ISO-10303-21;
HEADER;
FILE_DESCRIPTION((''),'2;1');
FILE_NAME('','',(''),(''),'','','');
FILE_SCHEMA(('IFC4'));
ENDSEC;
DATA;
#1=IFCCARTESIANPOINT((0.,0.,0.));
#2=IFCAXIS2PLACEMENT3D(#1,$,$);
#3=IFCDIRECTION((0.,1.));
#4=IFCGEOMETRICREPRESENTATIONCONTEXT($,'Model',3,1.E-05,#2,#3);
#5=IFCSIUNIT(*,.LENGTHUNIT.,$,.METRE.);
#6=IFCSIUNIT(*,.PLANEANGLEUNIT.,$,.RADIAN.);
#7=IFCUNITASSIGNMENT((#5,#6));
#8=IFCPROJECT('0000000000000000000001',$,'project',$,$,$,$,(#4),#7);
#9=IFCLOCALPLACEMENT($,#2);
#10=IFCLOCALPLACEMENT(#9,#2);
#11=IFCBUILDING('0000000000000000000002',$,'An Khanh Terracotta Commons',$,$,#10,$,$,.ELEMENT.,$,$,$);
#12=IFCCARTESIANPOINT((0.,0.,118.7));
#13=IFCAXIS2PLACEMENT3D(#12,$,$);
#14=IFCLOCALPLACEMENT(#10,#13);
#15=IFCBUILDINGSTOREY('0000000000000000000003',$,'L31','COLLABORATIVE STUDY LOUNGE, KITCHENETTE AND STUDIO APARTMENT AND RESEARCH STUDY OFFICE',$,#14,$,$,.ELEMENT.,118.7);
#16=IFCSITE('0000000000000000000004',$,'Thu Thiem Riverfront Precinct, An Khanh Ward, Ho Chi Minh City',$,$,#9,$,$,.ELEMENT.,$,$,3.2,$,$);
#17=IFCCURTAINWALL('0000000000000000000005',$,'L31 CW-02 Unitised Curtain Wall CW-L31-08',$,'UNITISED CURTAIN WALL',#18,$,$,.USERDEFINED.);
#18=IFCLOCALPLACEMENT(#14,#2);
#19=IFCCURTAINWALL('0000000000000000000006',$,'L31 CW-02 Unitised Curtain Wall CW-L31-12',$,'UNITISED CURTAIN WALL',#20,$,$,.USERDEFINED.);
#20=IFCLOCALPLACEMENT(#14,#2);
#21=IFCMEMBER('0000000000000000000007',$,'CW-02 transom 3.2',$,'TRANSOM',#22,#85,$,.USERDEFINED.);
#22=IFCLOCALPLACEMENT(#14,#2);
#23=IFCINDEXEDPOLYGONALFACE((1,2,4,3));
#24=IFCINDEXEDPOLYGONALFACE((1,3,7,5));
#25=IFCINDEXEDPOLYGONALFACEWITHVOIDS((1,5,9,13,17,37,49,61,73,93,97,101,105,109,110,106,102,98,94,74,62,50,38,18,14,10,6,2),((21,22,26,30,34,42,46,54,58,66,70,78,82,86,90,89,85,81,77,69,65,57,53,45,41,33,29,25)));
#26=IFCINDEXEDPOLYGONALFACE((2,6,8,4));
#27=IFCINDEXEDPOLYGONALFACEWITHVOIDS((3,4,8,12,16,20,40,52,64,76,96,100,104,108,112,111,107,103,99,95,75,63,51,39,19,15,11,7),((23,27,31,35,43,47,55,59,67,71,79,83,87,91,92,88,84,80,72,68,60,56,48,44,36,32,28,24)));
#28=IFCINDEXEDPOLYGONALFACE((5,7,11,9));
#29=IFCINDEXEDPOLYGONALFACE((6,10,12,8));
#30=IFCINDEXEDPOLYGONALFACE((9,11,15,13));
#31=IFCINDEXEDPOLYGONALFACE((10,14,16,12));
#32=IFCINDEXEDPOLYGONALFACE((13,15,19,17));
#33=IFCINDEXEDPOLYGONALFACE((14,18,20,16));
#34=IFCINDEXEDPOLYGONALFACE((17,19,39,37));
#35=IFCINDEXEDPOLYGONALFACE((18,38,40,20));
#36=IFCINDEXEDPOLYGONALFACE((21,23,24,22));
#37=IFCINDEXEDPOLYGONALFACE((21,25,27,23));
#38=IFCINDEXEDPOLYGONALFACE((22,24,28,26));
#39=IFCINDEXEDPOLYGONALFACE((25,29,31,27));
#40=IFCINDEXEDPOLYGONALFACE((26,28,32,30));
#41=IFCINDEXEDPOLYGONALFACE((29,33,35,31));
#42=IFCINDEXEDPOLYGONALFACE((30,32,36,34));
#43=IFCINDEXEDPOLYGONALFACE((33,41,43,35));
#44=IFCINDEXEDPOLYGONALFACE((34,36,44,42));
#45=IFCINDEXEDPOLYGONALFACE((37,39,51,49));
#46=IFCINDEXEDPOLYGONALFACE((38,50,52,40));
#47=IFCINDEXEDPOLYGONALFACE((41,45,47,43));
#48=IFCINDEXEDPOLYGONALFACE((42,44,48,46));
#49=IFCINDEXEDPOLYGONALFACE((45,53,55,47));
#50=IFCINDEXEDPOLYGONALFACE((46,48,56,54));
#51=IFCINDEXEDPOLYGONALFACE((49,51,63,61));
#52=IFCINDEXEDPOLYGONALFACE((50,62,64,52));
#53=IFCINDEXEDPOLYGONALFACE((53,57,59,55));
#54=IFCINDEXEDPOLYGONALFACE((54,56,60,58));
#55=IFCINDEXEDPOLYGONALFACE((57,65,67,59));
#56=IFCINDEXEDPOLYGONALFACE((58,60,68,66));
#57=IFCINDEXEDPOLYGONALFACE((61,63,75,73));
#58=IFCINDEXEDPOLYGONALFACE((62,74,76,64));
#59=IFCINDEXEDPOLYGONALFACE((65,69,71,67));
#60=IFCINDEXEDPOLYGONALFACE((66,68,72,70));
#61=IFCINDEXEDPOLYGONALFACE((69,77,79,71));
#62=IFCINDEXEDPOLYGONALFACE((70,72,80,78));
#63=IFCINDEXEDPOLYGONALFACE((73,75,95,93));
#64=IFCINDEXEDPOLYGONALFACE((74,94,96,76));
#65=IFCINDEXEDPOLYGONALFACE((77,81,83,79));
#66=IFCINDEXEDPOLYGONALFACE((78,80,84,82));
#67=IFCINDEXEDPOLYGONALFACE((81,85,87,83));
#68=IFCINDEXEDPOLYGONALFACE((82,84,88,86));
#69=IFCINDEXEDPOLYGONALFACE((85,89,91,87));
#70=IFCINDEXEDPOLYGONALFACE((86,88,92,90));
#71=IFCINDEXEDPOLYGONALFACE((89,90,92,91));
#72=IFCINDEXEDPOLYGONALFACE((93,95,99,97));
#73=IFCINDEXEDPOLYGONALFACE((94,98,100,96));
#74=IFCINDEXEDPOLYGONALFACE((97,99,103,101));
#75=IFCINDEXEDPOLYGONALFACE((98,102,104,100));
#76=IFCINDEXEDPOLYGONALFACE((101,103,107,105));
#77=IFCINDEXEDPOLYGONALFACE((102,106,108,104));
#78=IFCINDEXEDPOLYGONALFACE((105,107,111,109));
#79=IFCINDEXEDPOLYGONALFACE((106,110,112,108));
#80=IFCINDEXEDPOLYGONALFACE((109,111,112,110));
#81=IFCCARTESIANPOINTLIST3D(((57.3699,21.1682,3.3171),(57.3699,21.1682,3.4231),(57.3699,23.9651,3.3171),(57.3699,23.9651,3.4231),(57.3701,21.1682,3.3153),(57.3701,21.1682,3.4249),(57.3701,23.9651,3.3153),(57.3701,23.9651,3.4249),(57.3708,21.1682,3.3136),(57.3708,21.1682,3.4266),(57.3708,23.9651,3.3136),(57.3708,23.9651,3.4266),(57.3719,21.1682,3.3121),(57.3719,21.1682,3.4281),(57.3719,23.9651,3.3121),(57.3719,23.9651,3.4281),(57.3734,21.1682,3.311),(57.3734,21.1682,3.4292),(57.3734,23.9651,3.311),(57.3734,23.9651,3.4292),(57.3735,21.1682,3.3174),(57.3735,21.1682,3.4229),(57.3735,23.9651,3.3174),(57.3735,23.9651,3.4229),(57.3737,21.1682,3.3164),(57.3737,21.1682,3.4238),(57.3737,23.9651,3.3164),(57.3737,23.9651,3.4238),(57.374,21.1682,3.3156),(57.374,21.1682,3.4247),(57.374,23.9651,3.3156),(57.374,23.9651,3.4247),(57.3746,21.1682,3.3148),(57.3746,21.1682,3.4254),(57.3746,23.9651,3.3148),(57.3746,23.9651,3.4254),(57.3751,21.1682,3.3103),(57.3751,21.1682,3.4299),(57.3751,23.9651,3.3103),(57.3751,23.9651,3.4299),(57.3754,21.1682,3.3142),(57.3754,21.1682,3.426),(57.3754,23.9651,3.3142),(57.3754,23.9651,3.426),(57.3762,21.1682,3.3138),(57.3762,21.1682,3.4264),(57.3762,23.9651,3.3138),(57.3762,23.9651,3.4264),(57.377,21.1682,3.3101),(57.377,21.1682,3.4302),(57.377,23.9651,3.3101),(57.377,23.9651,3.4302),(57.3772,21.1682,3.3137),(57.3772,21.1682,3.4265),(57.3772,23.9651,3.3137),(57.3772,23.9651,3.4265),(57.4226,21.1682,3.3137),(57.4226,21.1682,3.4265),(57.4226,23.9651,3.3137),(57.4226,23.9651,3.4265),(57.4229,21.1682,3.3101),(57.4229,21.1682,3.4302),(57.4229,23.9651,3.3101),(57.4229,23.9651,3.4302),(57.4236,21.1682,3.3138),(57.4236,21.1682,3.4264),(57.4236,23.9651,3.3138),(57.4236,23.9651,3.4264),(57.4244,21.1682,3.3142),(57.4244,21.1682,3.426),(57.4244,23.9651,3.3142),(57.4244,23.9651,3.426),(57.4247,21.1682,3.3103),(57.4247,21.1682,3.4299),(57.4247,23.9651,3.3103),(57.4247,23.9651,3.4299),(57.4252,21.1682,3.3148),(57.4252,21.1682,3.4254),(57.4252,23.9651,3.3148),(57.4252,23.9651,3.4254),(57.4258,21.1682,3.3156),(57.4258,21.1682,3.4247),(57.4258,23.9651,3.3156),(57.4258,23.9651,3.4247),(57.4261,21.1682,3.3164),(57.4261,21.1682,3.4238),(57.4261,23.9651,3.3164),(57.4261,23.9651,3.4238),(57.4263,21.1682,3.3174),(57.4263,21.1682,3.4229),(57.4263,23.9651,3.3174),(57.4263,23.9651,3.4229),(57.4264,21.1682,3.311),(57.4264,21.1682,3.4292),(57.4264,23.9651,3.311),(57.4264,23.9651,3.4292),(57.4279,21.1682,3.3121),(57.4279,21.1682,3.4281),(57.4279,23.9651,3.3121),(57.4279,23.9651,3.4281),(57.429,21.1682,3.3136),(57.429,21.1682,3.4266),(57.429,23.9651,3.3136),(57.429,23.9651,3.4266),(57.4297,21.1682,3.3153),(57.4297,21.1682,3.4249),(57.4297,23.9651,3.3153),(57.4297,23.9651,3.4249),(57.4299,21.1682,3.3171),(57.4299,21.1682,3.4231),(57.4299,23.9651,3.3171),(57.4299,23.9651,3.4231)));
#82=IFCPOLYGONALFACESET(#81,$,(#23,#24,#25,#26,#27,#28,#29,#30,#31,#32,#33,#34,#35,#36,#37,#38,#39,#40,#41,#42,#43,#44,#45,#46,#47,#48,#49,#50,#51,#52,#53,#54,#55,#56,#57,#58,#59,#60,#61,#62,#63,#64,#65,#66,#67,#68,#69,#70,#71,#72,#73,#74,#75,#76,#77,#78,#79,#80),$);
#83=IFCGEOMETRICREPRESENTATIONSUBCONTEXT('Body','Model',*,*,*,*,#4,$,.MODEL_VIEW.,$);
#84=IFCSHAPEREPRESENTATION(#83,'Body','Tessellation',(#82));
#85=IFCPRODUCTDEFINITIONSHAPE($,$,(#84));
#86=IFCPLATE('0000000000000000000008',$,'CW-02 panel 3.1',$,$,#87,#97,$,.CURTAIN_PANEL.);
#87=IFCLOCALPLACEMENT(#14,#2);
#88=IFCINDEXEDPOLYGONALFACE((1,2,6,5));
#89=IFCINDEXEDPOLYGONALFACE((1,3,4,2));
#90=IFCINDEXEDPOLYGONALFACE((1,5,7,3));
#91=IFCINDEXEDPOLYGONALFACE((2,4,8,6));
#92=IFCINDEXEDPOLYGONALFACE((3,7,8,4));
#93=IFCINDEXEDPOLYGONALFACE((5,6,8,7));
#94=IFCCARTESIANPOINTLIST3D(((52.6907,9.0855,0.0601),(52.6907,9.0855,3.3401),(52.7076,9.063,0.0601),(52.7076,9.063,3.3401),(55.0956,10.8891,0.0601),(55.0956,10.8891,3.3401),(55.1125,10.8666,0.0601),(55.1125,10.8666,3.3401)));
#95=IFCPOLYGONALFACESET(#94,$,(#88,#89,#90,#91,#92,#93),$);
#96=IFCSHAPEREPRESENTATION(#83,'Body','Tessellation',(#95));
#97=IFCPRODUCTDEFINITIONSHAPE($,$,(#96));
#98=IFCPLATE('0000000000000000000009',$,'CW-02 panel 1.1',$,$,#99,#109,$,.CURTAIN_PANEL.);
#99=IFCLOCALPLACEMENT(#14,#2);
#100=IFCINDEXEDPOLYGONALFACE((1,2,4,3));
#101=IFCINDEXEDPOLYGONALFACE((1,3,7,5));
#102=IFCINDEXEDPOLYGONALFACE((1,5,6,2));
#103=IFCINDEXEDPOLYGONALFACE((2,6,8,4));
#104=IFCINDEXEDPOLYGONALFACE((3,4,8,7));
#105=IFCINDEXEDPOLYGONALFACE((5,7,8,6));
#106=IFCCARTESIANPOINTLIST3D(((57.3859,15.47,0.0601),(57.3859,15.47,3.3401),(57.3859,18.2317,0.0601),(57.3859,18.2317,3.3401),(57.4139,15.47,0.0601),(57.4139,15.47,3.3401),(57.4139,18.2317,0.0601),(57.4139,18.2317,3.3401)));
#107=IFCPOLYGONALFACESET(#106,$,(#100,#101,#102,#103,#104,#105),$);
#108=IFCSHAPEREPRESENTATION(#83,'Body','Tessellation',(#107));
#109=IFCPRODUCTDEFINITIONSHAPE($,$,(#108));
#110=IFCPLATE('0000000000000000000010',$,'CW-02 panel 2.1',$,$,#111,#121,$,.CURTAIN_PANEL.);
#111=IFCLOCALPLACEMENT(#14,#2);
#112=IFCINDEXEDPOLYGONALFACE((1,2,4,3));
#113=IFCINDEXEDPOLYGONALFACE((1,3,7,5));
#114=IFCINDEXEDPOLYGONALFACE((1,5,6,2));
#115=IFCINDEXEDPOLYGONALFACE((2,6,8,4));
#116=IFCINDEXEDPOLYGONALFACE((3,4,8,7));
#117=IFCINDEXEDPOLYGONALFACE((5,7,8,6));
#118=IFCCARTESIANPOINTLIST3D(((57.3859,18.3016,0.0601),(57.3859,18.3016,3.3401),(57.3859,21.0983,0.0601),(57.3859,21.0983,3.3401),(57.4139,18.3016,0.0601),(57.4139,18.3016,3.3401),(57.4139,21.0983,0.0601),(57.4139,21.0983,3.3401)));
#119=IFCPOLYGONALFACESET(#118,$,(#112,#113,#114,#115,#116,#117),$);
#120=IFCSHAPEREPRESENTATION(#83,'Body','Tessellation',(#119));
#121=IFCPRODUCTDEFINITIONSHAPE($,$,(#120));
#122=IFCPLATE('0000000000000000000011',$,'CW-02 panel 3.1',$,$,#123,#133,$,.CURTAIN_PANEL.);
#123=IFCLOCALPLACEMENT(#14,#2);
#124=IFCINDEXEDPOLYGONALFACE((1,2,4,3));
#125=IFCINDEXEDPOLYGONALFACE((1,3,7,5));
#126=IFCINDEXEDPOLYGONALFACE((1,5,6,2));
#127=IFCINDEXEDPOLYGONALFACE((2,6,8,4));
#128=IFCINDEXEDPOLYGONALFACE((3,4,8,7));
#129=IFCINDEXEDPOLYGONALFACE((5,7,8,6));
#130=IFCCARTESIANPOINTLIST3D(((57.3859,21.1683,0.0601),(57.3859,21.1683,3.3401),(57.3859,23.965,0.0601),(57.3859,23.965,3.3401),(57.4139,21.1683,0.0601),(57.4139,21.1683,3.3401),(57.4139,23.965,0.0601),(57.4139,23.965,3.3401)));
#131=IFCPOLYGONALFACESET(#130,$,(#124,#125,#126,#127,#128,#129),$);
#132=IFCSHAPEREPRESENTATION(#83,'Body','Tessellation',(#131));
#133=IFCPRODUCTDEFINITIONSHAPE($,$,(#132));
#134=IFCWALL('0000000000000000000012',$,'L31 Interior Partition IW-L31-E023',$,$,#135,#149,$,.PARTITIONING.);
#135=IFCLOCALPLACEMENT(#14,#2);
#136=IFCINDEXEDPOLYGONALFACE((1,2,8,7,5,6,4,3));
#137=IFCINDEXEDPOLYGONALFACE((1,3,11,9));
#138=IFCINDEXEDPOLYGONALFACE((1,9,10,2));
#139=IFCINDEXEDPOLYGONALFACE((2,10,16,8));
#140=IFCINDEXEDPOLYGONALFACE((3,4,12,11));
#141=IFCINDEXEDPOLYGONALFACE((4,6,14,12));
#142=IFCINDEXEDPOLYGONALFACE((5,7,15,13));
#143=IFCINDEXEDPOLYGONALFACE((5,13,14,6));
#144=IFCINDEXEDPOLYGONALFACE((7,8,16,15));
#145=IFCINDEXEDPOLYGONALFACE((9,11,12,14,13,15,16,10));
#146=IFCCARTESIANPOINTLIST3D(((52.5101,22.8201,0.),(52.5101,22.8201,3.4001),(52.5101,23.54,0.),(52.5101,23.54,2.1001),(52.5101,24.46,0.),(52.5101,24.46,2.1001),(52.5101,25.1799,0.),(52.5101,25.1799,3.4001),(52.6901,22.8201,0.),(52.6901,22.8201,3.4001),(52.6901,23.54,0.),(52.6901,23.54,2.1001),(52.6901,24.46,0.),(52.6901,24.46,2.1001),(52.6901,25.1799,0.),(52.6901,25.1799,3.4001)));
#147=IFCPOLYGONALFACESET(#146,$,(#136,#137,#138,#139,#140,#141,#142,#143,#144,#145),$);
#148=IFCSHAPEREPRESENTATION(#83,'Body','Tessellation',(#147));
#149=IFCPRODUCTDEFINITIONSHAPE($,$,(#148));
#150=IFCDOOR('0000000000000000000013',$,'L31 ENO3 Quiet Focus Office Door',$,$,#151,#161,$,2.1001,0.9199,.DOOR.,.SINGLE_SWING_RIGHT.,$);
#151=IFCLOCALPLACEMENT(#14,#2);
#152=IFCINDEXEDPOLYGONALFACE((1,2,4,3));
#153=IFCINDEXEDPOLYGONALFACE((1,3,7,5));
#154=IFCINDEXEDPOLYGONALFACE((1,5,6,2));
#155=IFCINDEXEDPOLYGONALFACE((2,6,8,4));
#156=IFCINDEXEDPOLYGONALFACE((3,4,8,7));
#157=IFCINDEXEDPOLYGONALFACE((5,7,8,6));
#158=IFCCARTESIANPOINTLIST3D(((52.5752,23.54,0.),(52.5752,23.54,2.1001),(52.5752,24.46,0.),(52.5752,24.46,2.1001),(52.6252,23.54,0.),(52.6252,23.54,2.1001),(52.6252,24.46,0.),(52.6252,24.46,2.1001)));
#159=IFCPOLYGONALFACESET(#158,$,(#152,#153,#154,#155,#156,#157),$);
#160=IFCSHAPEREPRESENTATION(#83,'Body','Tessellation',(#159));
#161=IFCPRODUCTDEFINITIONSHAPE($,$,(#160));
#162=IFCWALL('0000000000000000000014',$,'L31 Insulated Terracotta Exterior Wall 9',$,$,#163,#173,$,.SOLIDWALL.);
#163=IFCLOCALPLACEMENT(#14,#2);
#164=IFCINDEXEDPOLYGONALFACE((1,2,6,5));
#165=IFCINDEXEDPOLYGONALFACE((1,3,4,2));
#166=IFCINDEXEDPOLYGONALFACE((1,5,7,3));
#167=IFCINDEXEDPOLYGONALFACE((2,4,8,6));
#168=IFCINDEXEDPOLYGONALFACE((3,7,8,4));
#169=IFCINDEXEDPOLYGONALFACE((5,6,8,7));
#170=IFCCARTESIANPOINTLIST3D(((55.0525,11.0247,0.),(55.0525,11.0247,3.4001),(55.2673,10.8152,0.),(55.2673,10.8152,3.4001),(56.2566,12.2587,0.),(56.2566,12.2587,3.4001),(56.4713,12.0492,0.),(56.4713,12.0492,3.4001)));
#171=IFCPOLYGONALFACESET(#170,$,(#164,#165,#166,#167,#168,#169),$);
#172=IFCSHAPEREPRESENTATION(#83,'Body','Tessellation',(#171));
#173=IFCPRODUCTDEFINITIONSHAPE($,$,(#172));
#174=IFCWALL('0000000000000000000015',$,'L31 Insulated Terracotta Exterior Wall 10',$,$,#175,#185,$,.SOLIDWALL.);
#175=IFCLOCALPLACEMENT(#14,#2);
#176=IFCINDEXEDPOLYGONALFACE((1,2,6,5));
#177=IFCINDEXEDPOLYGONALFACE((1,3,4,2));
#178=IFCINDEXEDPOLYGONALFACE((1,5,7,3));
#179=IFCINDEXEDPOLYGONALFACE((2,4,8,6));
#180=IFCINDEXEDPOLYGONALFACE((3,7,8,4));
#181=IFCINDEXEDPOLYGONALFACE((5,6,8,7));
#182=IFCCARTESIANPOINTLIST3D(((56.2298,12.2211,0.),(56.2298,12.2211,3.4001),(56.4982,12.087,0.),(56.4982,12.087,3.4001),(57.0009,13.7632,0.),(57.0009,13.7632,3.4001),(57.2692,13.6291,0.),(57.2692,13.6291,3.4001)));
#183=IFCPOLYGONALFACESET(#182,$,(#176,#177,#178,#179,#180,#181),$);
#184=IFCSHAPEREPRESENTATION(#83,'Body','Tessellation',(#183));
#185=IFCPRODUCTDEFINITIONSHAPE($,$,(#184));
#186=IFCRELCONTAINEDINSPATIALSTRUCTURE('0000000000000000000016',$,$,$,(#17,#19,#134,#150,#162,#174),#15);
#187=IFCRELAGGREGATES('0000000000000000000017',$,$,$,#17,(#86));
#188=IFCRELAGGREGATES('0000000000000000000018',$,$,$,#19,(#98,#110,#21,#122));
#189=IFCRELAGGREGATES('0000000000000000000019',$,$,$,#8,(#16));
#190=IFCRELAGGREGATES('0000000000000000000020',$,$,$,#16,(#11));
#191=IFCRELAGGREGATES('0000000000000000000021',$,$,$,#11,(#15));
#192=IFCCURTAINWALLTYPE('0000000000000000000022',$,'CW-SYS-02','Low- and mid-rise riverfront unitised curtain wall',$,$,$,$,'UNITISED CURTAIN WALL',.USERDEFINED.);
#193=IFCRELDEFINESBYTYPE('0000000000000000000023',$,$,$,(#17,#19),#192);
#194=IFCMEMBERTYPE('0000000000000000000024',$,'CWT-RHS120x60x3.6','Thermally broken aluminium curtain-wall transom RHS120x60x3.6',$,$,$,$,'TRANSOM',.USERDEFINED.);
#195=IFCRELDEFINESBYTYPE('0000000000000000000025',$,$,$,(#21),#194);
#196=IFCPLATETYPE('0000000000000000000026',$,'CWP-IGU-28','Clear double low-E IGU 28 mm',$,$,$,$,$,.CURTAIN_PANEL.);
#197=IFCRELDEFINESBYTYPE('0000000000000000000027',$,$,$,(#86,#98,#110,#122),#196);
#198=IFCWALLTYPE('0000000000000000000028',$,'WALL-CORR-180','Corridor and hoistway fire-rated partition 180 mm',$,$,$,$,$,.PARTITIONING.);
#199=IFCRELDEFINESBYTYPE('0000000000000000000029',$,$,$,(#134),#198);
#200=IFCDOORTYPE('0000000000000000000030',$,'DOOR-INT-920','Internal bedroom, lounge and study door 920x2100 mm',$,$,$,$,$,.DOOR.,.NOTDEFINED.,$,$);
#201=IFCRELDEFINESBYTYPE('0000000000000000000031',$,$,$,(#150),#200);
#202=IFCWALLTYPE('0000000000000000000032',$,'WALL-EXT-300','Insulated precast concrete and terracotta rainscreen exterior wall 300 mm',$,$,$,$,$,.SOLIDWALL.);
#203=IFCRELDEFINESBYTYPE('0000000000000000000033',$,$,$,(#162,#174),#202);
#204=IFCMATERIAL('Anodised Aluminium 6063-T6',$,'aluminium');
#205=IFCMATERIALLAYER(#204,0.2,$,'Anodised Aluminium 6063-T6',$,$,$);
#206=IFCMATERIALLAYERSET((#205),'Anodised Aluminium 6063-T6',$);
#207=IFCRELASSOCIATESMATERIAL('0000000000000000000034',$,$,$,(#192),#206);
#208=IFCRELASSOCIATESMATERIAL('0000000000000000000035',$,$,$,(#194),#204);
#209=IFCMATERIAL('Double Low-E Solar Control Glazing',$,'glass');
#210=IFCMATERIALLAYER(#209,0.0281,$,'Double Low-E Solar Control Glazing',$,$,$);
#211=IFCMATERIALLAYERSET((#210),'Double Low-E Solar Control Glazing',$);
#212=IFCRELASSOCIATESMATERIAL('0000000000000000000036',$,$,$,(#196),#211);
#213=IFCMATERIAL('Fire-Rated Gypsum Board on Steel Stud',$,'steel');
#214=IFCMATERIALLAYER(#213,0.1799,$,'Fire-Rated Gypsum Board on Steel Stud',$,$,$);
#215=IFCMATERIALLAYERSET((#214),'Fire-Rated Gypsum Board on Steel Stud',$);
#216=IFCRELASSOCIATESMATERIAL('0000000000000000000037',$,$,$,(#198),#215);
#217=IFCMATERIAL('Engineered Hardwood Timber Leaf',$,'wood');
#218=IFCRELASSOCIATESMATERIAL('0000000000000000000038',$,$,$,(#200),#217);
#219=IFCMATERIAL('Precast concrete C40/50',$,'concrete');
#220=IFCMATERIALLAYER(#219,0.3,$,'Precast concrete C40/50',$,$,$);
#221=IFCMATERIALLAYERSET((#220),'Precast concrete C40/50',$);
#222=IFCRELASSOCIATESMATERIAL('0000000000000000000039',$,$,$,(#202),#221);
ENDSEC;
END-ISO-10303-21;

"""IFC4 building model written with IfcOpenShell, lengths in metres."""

from ifc_helpers import new_model, si_unit, direction, frame, frame_2d, origin, origin_2d, place, context, subcontext, project, spatial, rectangle, hollow_rectangle, extrude, material, layer, layer_set, material_profile, profile_set, type_object, element, fill, aggregate, save


model = new_model("IFC4")

# Units and contexts
model_context = context("Model", 3, precision=1e-05, world=origin(), true_north=direction((0.0, 1.0)))
body_context = subcontext(model_context, "Body", "Model", "MODEL_VIEW")
ifc_project = project(units=[si_unit("LENGTHUNIT", "METRE"), si_unit("PLANEANGLEUNIT", "RADIAN")], contexts=[model_context])

# Site, building, storey
site_placement = place(None, origin())
site = spatial("IfcSite", under=ifc_project, at=site_placement, Name="Thu Thiem Riverfront Precinct, An Khanh Ward, Ho Chi Minh City", CompositionType="ELEMENT", RefElevation=3.2)
building_placement = place(site_placement, origin())
building = spatial("IfcBuilding", under=site, at=building_placement, Name="An Khanh Terracotta Commons", CompositionType="ELEMENT")
storey_placement = place(building_placement, frame((0.0, 0.0, 118.7)))
storey = spatial("IfcBuildingStorey", under=building, at=storey_placement, Name="L31", Description="COLLABORATIVE STUDY LOUNGE, KITCHENETTE AND STUDIO APARTMENT AND RESEARCH STUDY OFFICE", CompositionType="ELEMENT", Elevation=118.7)

# Curtain walls
ifc_material_1 = material(Name="Anodised Aluminium 6063-T6", Category="aluminium")
ifc_layer_1 = layer(ifc_material_1, 0.2, Name="Anodised Aluminium 6063-T6")
ifc_layer_set_1 = layer_set([ifc_layer_1], Name="Anodised Aluminium 6063-T6")
curtain_wall_type = type_object("IfcCurtainWallType", Name="CW-SYS-02", Description="Low- and mid-rise riverfront unitised curtain wall", ElementType="UNITISED CURTAIN WALL", PredefinedType="USERDEFINED", material=ifc_layer_set_1)
curtain_wall_1_placement = place(storey_placement, origin())
curtain_wall_1 = element("IfcCurtainWall", 1, at=curtain_wall_1_placement, inside=storey, type_object=curtain_wall_type, Name="L31 CW-02 Unitised Curtain Wall CW-L31-08", ObjectType="UNITISED CURTAIN WALL", PredefinedType="USERDEFINED")
curtain_wall_2_placement = place(storey_placement, origin())
curtain_wall_2 = element("IfcCurtainWall", 2, at=curtain_wall_2_placement, inside=storey, type_object=curtain_wall_type, Name="L31 CW-02 Unitised Curtain Wall CW-L31-12", ObjectType="UNITISED CURTAIN WALL", PredefinedType="USERDEFINED")

# Member
ifc_material_profile_1 = material_profile(ifc_material_1, hollow_rectangle(XDim=0.0601, YDim=0.1201, WallThickness=0.0037, InnerFilletRadius=0.0037, OuterFilletRadius=0.0071, at=origin_2d()), Name="RHS120x60x3.6")
ifc_profile_set_1 = profile_set([ifc_material_profile_1], Name="Anodised Aluminium 6063-T6")
member_type_1 = type_object("IfcMemberType", Name="CWT-RHS120x60x3.6", Description="Thermally broken aluminium curtain-wall transom RHS120x60x3.6", ElementType="TRANSOM", PredefinedType="USERDEFINED", material=ifc_profile_set_1)
member_1_placement = place(storey_placement, frame((57.3999, 21.1682, 3.3701), z_axis=(0.0, 1.0, 0.0), x_axis=(-1.0, 0.0, 0.0)))
member_1 = element("IfcMember", 3, at=member_1_placement, type_object=member_type_1, Name="CW-02 transom 3.2", ObjectType="TRANSOM", PredefinedType="USERDEFINED", context=body_context, shape_type="SweptSolid", body=[
    extrude(hollow_rectangle(XDim=0.0601, YDim=0.1201, WallThickness=0.0037, InnerFilletRadius=0.0037, OuterFilletRadius=0.0071, at=origin_2d()), origin(), (0.0, 0.0, 1.0), 2.7969),
])

# Plates
ifc_material_2 = material(Name="Double Low-E Solar Control Glazing", Category="glass")
ifc_layer_2 = layer(ifc_material_2, 0.0281, Name="Double Low-E Solar Control Glazing")
ifc_layer_set_2 = layer_set([ifc_layer_2], Name="Double Low-E Solar Control Glazing")
plate_type = type_object("IfcPlateType", Name="CWP-IGU-28", Description="Clear double low-E IGU 28 mm", PredefinedType="CURTAIN_PANEL", material=ifc_layer_set_2)
plate_1_placement = place(storey_placement, frame((53.9016, 9.9761, 0.0601), z_axis=(0.0, 0.0, 1.0), x_axis=(0.800013, 0.599983, 0.0)))
plate_1 = element("IfcPlate", 4, at=plate_1_placement, type_object=plate_type, Name="CW-02 panel 3.1", PredefinedType="CURTAIN_PANEL", context=body_context, shape_type="SweptSolid", body=[
    extrude(rectangle(XDim=3.0061, YDim=0.0281, at=origin_2d()), origin(), (0.0, 0.0, 1.0), 3.28),
])
aggregate(curtain_wall_1, [plate_1])
plate_2_placement = place(storey_placement, frame((57.3999, 16.8508, 0.0601), z_axis=(0.0, 0.0, 1.0), x_axis=(0.0, 1.0, 0.0)))
plate_2 = element("IfcPlate", 5, at=plate_2_placement, type_object=plate_type, Name="CW-02 panel 1.1", PredefinedType="CURTAIN_PANEL", context=body_context, shape_type="SweptSolid", body=[
    extrude(rectangle(XDim=2.7617, YDim=0.0281, at=origin_2d()), origin(), (0.0, 0.0, 1.0), 3.28),
])
plate_3_placement = place(storey_placement, frame((57.3999, 19.7, 0.0601), z_axis=(0.0, 0.0, 1.0), x_axis=(0.0, 1.0, 0.0)))
plate_3 = element("IfcPlate", 6, at=plate_3_placement, type_object=plate_type, Name="CW-02 panel 2.1", PredefinedType="CURTAIN_PANEL", context=body_context, shape_type="SweptSolid", body=[
    extrude(rectangle(XDim=2.7966, YDim=0.0281, at=origin_2d()), origin(), (0.0, 0.0, 1.0), 3.28),
])
plate_4_placement = place(storey_placement, frame((57.3999, 22.5667, 0.0601), z_axis=(0.0, 0.0, 1.0), x_axis=(0.0, 1.0, 0.0)))
plate_4 = element("IfcPlate", 7, at=plate_4_placement, type_object=plate_type, Name="CW-02 panel 3.1", PredefinedType="CURTAIN_PANEL", context=body_context, shape_type="SweptSolid", body=[
    extrude(rectangle(XDim=2.7966, YDim=0.0281, at=origin_2d()), origin(), (0.0, 0.0, 1.0), 3.28),
])
aggregate(curtain_wall_2, [plate_2, plate_3, member_1, plate_4])

# Wall, opening, door
ifc_material_3 = material(Name="Fire-Rated Gypsum Board on Steel Stud", Category="steel")
ifc_layer_3 = layer(ifc_material_3, 0.1799, Name="Fire-Rated Gypsum Board on Steel Stud")
ifc_layer_set_3 = layer_set([ifc_layer_3], Name="Fire-Rated Gypsum Board on Steel Stud")
wall_type_1 = type_object("IfcWallType", Name="WALL-CORR-180", Description="Corridor and hoistway fire-rated partition 180 mm", PredefinedType="PARTITIONING", material=ifc_layer_set_3)
wall_1_placement = place(storey_placement, frame((52.6001, 22.8201, 0.0), z_axis=(0.0, 0.0, 1.0), x_axis=(0.0, 1.0, 0.0)))
wall_1 = element("IfcWall", 8, at=wall_1_placement, inside=storey, type_object=wall_type_1, Name="L31 Interior Partition IW-L31-E023", PredefinedType="PARTITIONING", context=body_context, shape_type="SweptSolid", body=[
    extrude(rectangle(XDim=2.3599, YDim=0.1799, at=frame_2d((1.1799, 0.0))), origin(), (0.0, 0.0, 1.0), 3.4001),
])
opening_placement = place(wall_1_placement, frame((0.72, 0.0, 0.0)))
opening = element("IfcOpeningElement", 9, at=opening_placement, cuts=wall_1, PredefinedType="OPENING", context=body_context, shape_type="SweptSolid", body=[
    extrude(rectangle(XDim=0.9199, YDim=2.1001, at=frame_2d((0.46, 1.05))), frame((0.0, 0.0999, 0.0), z_axis=(0.0, -1.0, 0.0), x_axis=(1.0, 0.0, 0.0)), (0.0, 0.0, 1.0), 0.2),
])
ifc_material_4 = material(Name="Engineered Hardwood Timber Leaf", Category="wood")
door_type = type_object("IfcDoorType", Name="DOOR-INT-920", Description="Internal bedroom, lounge and study door 920x2100 mm", OperationType="NOTDEFINED", PredefinedType="DOOR", material=ifc_material_4)
door_placement = place(opening_placement, origin())
door = element("IfcDoor", 10, at=door_placement, inside=storey, type_object=door_type, Name="L31 ENO3 Quiet Focus Office Door", OperationType="SINGLE_SWING_RIGHT", OverallHeight=2.1001, OverallWidth=0.9199, PredefinedType="DOOR", context=body_context, shape_type="SweptSolid", body=[
    extrude(rectangle(XDim=0.9199, YDim=2.1001, at=frame_2d((0.46, 1.05))), frame((0.0, 0.0249, 0.0), z_axis=(0.0, -1.0, 0.0), x_axis=(1.0, 0.0, 0.0)), (0.0, 0.0, 1.0), 0.05),
])
fill(opening, door)

# Walls
ifc_material_5 = material(Name="Precast concrete C40/50", Category="concrete")
ifc_layer_4 = layer(ifc_material_5, 0.3, Name="Precast concrete C40/50")
ifc_layer_set_4 = layer_set([ifc_layer_4], Name="Precast concrete C40/50")
wall_type_2 = type_object("IfcWallType", Name="WALL-EXT-300", Description="Insulated precast concrete and terracotta rainscreen exterior wall 300 mm", PredefinedType="SOLIDWALL", material=ifc_layer_set_4)
for number, where, z_axis, x_axis, name in (
    (11, (55.1599, 10.9199, 0.0), (0.0, 0.0, 1.0), (0.698345, 0.715761, 0.0), "L31 Insulated Terracotta Exterior Wall 9"),
    (12, (56.364, 12.1541, 0.0), (0.0, 0.0, 1.0), (0.447214, 0.894427, 0.0), "L31 Insulated Terracotta Exterior Wall 10"),
):
    element("IfcWall", number, at=place(storey_placement, frame(where, z_axis=z_axis, x_axis=x_axis)), inside=storey, type_object=wall_type_2, Name=name, PredefinedType="SOLIDWALL", context=body_context, shape_type="SweptSolid", body=[
        extrude(rectangle(XDim=1.7241, YDim=0.3, at=frame_2d((0.8621, 0.0))), origin(), (0.0, 0.0, 1.0), 3.4001),
    ])

save(model, "model.ifc")
